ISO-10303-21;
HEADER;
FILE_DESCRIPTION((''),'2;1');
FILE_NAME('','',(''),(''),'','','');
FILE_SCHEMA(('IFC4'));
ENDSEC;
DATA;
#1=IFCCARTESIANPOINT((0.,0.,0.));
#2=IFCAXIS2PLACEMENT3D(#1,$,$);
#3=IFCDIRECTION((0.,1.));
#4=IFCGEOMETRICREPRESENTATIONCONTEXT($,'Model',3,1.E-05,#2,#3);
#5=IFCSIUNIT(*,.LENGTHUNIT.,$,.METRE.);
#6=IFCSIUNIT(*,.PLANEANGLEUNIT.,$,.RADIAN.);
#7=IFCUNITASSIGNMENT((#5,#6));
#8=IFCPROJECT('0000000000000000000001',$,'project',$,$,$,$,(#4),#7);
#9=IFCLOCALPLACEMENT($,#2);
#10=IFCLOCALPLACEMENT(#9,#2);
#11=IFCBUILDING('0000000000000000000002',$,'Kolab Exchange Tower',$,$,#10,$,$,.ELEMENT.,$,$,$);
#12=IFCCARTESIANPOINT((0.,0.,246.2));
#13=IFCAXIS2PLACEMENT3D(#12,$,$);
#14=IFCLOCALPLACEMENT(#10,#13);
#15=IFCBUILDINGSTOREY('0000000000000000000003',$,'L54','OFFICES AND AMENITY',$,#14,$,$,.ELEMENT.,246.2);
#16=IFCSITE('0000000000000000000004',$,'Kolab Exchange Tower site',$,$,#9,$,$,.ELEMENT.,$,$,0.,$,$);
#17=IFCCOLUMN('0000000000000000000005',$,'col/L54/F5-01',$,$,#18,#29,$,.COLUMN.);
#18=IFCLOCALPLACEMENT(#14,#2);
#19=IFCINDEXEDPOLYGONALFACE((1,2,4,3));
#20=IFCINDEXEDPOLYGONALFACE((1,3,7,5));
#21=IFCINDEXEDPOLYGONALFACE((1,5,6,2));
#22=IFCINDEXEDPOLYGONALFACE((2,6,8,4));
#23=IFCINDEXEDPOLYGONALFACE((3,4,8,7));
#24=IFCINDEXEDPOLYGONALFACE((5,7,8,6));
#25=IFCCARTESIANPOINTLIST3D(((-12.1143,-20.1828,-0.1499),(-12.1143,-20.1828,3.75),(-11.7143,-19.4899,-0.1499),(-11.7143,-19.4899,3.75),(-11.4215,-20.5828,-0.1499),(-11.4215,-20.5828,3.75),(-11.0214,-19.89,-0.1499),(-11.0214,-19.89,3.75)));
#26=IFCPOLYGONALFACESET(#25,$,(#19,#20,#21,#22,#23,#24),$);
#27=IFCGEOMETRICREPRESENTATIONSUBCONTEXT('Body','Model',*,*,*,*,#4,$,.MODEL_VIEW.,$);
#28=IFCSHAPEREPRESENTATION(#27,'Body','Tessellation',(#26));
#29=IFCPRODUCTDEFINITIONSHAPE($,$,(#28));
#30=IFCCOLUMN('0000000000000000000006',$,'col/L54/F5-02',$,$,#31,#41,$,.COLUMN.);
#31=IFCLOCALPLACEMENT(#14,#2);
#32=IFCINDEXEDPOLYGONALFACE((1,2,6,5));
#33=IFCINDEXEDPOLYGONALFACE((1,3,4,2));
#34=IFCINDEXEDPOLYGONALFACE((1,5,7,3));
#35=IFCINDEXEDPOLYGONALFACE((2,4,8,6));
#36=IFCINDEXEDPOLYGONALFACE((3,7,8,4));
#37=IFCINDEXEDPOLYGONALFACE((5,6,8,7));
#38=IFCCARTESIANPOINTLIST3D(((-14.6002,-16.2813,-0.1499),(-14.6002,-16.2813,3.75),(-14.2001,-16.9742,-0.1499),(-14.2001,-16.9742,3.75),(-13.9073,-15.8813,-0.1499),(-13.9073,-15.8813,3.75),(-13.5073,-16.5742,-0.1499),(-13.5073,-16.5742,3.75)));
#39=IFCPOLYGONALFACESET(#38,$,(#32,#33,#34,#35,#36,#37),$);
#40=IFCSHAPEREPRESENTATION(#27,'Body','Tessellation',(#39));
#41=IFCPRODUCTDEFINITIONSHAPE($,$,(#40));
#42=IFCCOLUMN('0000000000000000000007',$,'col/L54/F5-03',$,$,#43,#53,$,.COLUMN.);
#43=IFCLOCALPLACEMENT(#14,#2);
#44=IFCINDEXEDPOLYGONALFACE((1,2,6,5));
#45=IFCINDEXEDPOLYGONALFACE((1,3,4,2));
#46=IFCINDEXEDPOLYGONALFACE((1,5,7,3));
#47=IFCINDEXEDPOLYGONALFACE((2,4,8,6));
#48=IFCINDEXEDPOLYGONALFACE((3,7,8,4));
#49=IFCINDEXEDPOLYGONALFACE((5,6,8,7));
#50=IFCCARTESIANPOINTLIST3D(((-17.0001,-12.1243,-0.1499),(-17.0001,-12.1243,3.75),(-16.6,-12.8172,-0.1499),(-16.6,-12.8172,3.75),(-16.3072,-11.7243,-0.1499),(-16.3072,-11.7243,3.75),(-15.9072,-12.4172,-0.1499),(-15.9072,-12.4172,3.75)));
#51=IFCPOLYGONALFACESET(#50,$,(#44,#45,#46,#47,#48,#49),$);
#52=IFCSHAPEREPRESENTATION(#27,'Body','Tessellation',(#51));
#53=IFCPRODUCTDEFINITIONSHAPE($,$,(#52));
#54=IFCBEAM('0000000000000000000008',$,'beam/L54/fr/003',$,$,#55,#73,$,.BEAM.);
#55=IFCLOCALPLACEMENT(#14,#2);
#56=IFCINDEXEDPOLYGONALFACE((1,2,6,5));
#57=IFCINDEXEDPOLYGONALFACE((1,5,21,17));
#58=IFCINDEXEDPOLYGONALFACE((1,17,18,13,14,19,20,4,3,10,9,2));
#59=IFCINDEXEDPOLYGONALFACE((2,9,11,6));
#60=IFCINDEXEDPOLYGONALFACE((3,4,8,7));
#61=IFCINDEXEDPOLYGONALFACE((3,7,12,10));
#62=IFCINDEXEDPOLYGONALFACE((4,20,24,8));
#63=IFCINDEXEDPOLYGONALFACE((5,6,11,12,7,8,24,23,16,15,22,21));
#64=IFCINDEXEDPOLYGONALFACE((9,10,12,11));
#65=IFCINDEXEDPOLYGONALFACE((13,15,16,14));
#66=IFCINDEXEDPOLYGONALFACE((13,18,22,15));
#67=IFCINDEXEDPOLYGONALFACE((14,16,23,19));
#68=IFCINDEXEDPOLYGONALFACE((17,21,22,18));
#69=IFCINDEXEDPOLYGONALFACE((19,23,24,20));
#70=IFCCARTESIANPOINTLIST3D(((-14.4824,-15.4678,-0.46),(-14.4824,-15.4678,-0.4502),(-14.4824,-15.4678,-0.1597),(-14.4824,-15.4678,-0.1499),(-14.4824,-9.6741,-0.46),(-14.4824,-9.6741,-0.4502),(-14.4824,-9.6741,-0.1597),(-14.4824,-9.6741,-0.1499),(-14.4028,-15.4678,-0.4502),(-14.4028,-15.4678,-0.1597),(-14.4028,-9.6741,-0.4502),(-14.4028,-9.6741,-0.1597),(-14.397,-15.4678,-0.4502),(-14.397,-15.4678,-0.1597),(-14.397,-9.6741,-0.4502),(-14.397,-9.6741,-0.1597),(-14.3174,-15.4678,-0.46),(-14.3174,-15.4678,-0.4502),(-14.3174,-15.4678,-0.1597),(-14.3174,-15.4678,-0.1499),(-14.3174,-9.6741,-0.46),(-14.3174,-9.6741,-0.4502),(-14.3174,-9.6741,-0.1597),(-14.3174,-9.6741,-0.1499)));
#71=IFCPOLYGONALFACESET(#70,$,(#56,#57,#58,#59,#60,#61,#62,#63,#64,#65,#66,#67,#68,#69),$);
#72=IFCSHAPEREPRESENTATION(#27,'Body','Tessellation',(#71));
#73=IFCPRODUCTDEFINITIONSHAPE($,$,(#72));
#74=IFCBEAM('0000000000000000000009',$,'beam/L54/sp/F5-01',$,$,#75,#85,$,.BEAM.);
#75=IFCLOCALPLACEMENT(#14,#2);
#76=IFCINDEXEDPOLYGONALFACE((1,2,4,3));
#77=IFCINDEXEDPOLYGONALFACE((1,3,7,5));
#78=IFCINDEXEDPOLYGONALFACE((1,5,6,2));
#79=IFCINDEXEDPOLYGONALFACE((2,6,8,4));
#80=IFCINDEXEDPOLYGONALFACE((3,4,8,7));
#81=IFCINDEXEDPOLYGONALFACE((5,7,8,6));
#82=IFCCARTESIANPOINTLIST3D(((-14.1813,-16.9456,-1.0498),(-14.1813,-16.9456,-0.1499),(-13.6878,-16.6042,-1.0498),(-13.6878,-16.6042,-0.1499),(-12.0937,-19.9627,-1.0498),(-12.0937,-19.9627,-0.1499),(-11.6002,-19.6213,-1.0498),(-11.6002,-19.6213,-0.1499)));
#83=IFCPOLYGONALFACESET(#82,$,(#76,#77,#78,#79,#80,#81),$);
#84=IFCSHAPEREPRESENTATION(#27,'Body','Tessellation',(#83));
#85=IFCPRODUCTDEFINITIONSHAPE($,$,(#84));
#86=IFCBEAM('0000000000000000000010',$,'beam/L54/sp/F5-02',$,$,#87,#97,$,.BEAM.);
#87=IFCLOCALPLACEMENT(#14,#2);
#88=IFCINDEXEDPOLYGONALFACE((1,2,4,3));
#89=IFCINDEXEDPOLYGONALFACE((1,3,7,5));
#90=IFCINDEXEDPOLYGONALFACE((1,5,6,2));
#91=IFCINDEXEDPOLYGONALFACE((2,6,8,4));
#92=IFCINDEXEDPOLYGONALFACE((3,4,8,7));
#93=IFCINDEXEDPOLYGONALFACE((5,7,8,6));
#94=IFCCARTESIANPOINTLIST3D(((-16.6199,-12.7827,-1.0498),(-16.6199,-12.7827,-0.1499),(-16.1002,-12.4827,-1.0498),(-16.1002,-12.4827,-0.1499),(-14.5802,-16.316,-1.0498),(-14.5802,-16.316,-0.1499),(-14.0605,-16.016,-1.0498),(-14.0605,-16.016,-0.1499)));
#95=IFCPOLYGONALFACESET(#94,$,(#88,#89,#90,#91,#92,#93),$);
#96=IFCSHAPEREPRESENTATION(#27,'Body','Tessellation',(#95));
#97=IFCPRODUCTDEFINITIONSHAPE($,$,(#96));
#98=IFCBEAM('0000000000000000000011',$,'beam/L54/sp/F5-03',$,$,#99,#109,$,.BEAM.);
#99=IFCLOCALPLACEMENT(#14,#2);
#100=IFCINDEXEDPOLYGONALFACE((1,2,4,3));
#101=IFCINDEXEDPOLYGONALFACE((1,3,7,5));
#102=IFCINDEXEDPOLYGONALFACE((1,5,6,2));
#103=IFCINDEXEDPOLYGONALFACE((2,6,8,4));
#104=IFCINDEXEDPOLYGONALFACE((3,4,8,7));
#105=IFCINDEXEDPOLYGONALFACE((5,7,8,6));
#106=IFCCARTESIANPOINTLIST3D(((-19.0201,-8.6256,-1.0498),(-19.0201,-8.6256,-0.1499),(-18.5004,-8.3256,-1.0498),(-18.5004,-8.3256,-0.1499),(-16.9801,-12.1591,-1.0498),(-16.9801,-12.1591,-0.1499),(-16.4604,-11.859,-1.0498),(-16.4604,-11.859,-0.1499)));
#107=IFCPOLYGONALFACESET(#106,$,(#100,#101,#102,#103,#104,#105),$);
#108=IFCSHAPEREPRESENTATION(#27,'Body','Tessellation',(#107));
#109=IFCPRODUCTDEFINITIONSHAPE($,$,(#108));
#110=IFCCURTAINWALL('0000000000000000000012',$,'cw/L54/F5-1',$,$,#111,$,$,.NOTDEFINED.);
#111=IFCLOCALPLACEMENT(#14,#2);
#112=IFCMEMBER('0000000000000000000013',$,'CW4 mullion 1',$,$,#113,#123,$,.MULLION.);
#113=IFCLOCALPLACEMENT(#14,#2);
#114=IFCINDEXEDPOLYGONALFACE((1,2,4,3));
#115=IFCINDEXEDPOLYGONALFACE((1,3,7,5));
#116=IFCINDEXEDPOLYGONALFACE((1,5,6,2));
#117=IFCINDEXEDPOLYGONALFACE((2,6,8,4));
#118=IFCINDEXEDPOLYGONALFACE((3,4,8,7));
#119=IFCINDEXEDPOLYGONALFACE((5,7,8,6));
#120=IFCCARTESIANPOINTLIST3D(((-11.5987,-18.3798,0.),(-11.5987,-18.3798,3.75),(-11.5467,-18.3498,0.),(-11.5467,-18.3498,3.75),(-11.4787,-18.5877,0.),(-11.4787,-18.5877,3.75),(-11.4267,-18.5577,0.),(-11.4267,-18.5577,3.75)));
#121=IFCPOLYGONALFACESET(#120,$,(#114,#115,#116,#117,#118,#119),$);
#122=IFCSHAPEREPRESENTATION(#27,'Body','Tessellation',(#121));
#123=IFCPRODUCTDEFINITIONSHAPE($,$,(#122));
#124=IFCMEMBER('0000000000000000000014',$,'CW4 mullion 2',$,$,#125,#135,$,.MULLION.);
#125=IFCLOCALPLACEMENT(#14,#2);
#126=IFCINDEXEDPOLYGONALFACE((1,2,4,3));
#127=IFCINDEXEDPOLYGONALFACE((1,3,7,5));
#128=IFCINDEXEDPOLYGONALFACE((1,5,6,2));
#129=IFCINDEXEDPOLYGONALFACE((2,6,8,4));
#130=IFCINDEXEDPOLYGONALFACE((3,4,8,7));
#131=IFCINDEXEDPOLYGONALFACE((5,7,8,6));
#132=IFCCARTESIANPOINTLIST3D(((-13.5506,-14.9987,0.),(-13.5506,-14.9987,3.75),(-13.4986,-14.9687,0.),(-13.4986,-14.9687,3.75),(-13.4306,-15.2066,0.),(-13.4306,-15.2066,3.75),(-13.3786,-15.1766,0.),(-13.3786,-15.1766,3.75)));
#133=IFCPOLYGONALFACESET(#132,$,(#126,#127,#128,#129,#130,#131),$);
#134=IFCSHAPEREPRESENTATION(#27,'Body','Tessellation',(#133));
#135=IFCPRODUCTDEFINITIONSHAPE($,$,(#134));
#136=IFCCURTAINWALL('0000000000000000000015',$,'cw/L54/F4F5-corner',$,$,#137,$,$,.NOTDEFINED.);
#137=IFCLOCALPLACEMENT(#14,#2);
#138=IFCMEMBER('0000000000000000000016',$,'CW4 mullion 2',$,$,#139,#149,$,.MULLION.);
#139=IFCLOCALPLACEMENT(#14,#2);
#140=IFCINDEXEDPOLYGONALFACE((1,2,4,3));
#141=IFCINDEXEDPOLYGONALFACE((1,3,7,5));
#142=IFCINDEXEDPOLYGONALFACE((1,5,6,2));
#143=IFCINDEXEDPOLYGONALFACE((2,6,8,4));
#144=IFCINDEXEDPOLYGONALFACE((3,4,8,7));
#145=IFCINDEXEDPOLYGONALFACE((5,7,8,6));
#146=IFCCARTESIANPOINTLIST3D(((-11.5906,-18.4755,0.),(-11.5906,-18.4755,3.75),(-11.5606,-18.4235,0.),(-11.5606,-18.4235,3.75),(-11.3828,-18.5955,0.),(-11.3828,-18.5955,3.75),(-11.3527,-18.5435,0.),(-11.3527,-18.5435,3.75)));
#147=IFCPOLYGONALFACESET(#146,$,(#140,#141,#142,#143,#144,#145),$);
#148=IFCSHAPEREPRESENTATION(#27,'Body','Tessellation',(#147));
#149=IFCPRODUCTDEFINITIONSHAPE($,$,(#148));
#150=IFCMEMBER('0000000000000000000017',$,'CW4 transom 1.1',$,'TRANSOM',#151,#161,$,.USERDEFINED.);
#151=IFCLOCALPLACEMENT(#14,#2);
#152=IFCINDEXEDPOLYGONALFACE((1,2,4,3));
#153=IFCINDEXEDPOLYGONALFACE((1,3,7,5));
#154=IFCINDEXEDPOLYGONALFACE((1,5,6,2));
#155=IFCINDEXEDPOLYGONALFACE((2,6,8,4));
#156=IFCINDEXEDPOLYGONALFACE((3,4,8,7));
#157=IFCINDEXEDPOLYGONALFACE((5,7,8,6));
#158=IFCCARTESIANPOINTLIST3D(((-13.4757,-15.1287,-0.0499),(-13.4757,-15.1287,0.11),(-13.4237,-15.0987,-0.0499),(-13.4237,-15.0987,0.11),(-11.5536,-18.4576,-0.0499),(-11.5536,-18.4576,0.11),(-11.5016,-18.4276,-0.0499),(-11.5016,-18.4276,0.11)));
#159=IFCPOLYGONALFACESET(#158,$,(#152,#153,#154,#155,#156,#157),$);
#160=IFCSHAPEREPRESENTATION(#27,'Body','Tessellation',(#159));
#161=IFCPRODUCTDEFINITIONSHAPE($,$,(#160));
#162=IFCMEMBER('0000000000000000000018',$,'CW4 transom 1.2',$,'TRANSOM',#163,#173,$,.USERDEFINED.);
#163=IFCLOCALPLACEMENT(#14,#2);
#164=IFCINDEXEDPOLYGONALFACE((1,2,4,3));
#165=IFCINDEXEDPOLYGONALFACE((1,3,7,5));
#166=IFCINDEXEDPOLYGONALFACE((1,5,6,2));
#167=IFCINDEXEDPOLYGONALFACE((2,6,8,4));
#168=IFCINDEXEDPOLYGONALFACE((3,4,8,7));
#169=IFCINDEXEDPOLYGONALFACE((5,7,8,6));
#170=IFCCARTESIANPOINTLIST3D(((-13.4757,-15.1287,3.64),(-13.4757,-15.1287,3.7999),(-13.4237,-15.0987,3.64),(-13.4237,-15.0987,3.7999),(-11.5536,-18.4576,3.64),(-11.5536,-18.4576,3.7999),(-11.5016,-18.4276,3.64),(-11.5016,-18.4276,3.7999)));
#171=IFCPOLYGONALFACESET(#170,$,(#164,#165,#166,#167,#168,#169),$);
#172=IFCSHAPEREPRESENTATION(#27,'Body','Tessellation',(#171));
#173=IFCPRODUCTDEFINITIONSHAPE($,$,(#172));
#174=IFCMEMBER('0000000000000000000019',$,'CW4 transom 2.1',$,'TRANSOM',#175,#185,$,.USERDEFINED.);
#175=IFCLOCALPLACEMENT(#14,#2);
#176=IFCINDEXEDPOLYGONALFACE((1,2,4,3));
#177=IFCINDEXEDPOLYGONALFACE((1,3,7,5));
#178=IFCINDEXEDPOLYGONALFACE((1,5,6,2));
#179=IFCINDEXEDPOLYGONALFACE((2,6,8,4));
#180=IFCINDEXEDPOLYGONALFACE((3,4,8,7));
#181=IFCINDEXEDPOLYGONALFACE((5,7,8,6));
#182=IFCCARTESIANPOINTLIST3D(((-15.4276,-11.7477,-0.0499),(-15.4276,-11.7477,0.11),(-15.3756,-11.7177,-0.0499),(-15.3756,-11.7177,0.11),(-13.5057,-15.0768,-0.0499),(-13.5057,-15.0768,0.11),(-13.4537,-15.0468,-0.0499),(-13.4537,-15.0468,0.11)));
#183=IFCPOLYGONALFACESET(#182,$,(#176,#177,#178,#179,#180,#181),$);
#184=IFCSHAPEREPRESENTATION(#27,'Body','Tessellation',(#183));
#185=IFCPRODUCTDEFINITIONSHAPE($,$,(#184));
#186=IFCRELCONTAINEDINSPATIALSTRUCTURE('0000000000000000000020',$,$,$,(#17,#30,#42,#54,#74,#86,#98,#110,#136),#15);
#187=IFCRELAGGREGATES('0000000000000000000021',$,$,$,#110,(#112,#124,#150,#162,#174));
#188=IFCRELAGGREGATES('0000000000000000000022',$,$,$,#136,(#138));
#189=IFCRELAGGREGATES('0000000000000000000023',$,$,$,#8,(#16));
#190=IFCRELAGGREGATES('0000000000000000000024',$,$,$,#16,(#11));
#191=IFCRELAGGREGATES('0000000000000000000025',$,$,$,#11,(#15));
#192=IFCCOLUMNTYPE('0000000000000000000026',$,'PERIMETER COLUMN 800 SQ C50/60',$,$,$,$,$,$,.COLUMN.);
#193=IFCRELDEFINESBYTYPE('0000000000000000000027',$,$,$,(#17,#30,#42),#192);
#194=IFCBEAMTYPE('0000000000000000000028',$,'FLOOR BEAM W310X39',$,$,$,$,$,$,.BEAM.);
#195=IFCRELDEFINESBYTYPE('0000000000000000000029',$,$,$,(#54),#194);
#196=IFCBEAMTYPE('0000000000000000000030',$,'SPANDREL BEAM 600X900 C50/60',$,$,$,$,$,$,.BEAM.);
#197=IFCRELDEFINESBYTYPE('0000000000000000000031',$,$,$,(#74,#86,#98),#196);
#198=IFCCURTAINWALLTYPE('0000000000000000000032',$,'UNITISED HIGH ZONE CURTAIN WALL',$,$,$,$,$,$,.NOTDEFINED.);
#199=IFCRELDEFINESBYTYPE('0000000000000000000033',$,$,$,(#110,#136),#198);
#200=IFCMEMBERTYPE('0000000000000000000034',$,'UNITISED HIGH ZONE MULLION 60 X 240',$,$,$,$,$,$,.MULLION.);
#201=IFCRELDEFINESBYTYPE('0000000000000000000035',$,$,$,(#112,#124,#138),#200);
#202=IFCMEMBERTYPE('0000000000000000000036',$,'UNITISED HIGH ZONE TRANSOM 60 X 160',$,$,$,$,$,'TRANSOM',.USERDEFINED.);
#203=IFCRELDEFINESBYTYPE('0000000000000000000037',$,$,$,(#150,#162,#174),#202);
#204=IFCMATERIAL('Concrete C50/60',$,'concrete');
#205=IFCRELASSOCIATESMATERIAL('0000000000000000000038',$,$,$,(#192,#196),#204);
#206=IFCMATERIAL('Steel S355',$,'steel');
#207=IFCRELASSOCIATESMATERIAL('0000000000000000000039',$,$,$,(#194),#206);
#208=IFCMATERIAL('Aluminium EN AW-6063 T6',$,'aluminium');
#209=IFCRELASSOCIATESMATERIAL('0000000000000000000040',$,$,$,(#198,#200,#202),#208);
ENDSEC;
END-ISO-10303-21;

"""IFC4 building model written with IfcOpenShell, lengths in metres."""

from ifc_helpers import new_model, si_unit, direction, frame, origin, origin_2d, place, context, subcontext, project, spatial, rectangle, i_section, extrude, material, material_profile, profile_set, type_object, element, aggregate, save


model = new_model("IFC4")

# Units and contexts
model_context = context("Model", 3, precision=1e-05, world=origin(), true_north=direction((0.0, 1.0)))
body_context = subcontext(model_context, "Body", "Model", "MODEL_VIEW")
ifc_project = project(units=[si_unit("LENGTHUNIT", "METRE"), si_unit("PLANEANGLEUNIT", "RADIAN")], contexts=[model_context])

# Site, building, storey
site_placement = place(None, origin())
site = spatial("IfcSite", under=ifc_project, at=site_placement, Name="Kolab Exchange Tower site", CompositionType="ELEMENT", RefElevation=0.0)
building_placement = place(site_placement, origin())
building = spatial("IfcBuilding", under=site, at=building_placement, Name="Kolab Exchange Tower", CompositionType="ELEMENT")
storey_placement = place(building_placement, frame((0.0, 0.0, 246.2)))
storey = spatial("IfcBuildingStorey", under=building, at=storey_placement, Name="L54", Description="OFFICES AND AMENITY", CompositionType="ELEMENT", Elevation=246.2)

# Columns
ifc_material_1 = material(Name="Concrete C50/60", Category="concrete")
ifc_material_profile_1 = material_profile(ifc_material_1, rectangle(XDim=0.8, YDim=0.8, at=origin_2d()), Name="RC800")
ifc_profile_set_1 = profile_set([ifc_material_profile_1], Name="Concrete C50/60")
column_type = type_object("IfcColumnType", Name="PERIMETER COLUMN 800 SQ C50/60", PredefinedType="COLUMN", material=ifc_profile_set_1)
for number, where, z_axis, x_axis, name in (
    (1, (-11.5679, -20.0364, -0.1499), (0.0, 0.0, 1.0), (0.5, 0.866025, 0.0), "col/L54/F5-01"),
    (2, (-14.0537, -16.4277, -0.1499), (0.0, 0.0, 1.0), (0.866025, 0.5, 0.0), "col/L54/F5-02"),
    (3, (-16.4536, -12.2708, -0.1499), (0.0, 0.0, 1.0), (0.866025, 0.5, 0.0), "col/L54/F5-03"),
):
    element("IfcColumn", number, at=place(storey_placement, frame(where, z_axis=z_axis, x_axis=x_axis)), inside=storey, type_object=column_type, Name=name, PredefinedType="COLUMN", context=body_context, shape_type="SweptSolid", body=[
        extrude(rectangle(XDim=0.8, YDim=0.8, at=origin_2d()), origin(), (0.0, 0.0, 1.0), 3.8999),
    ])

# Beams
ifc_material_2 = material(Name="Steel S355", Category="steel")
ifc_material_profile_2 = material_profile(ifc_material_2, i_section(OverallWidth=0.165, OverallDepth=0.3101, WebThickness=0.0059, FlangeThickness=0.0098, at=origin_2d()), Name="W310X39")
ifc_profile_set_2 = profile_set([ifc_material_profile_2], Name="Steel S355")
beam_type_1 = type_object("IfcBeamType", Name="FLOOR BEAM W310X39", PredefinedType="BEAM", material=ifc_profile_set_2)
beam_1_placement = place(storey_placement, frame((-14.3999, -15.4678, -0.3049), z_axis=(0.0, 1.0, 0.0), x_axis=(-1.0, 0.0, 0.0)))
element("IfcBeam", 4, at=beam_1_placement, inside=storey, type_object=beam_type_1, Name="beam/L54/fr/003", PredefinedType="BEAM", context=body_context, shape_type="SweptSolid", body=[
    extrude(i_section(OverallWidth=0.165, OverallDepth=0.3101, WebThickness=0.0059, FlangeThickness=0.0098, at=origin_2d()), origin(), (0.0, 0.0, 1.0), 5.7937),
])
ifc_material_profile_3 = material_profile(ifc_material_1, rectangle(XDim=0.6001, YDim=0.8999, at=origin_2d()), Name="RC600X900")
ifc_profile_set_3 = profile_set([ifc_material_profile_3], Name="Concrete C50/60")
beam_type_2 = type_object("IfcBeamType", Name="SPANDREL BEAM 600X900 C50/60", PredefinedType="BEAM", material=ifc_profile_set_3)
beam_2_placement = place(storey_placement, frame((-11.8469, -19.792, -0.5999), z_axis=(-0.569006, 0.822334, 0.0), x_axis=(-0.822334, -0.569006, 0.0)))
element("IfcBeam", 5, at=beam_2_placement, inside=storey, type_object=beam_type_2, Name="beam/L54/sp/F5-01", PredefinedType="BEAM", context=body_context, shape_type="SweptSolid", body=[
    extrude(rectangle(XDim=0.6001, YDim=0.8999, at=origin_2d()), origin(), (0.0, 0.0, 1.0), 3.6689),
])
beam_3_placement = place(storey_placement, frame((-14.3203, -16.166, -0.5999), z_axis=(-0.499956, 0.866051, 0.0), x_axis=(-0.866051, -0.499956, 0.0)))
element("IfcBeam", 6, at=beam_3_placement, inside=storey, type_object=beam_type_2, Name="beam/L54/sp/F5-02", PredefinedType="BEAM", context=body_context, shape_type="SweptSolid", body=[
    extrude(rectangle(XDim=0.6001, YDim=0.8999, at=origin_2d()), origin(), (0.0, 0.0, 1.0), 4.0798),
])
beam_4_placement = place(storey_placement, frame((-16.7202, -12.009, -0.5999), z_axis=(-0.5, 0.866025, 0.0), x_axis=(-0.866025, -0.5, 0.0)))
element("IfcBeam", 7, at=beam_4_placement, inside=storey, type_object=beam_type_2, Name="beam/L54/sp/F5-03", PredefinedType="BEAM", context=body_context, shape_type="SweptSolid", body=[
    extrude(rectangle(XDim=0.6001, YDim=0.8999, at=origin_2d()), origin(), (0.0, 0.0, 1.0), 4.0801),
])

# Curtain wall, members
ifc_material_3 = material(Name="Aluminium EN AW-6063 T6", Category="aluminium")
curtain_wall_type = type_object("IfcCurtainWallType", Name="UNITISED HIGH ZONE CURTAIN WALL", PredefinedType="NOTDEFINED", material=ifc_material_3)
curtain_wall_1_placement = place(storey_placement, origin())
curtain_wall_1 = element("IfcCurtainWall", 8, at=curtain_wall_1_placement, inside=storey, type_object=curtain_wall_type, Name="cw/L54/F5-1", PredefinedType="NOTDEFINED")
ifc_material_profile_4 = material_profile(ifc_material_3, rectangle(XDim=0.0601, YDim=0.24, at=origin_2d()), Name="RECT 60X240")
ifc_profile_set_4 = profile_set([ifc_material_profile_4], Name="Aluminium EN AW-6063 T6")
member_type_1 = type_object("IfcMemberType", Name="UNITISED HIGH ZONE MULLION 60 X 240", PredefinedType="MULLION", material=ifc_profile_set_4)
member_1_placement = place(storey_placement, frame((-11.5127, -18.4688, 0.0), z_axis=(0.0, 0.0, 1.0), x_axis=(-0.866025, -0.5, 0.0)))
member_1 = element("IfcMember", 9, at=member_1_placement, type_object=member_type_1, Name="CW4 mullion 1", PredefinedType="MULLION", context=body_context, shape_type="SweptSolid", body=[
    extrude(rectangle(XDim=0.0601, YDim=0.24, at=origin_2d()), origin(), (0.0, 0.0, 1.0), 3.75),
])
member_2_placement = place(storey_placement, frame((-13.4646, -15.0876, 0.0), z_axis=(0.0, 0.0, 1.0), x_axis=(-0.866025, -0.5, 0.0)))
member_2 = element("IfcMember", 10, at=member_2_placement, type_object=member_type_1, Name="CW4 mullion 2", PredefinedType="MULLION", context=body_context, shape_type="SweptSolid", body=[
    extrude(rectangle(XDim=0.0601, YDim=0.24, at=origin_2d()), origin(), (0.0, 0.0, 1.0), 3.75),
])

# Curtain wall, member
curtain_wall_2_placement = place(storey_placement, origin())
curtain_wall_2 = element("IfcCurtainWall", 11, at=curtain_wall_2_placement, inside=storey, type_object=curtain_wall_type, Name="cw/L54/F4F5-corner", PredefinedType="NOTDEFINED")
member_3_placement = place(storey_placement, frame((-11.4717, -18.5095, 0.0), z_axis=(0.0, 0.0, 1.0), x_axis=(-0.5, -0.866025, 0.0)))
member_3 = element("IfcMember", 12, at=member_3_placement, type_object=member_type_1, Name="CW4 mullion 2", PredefinedType="MULLION", context=body_context, shape_type="SweptSolid", body=[
    extrude(rectangle(XDim=0.0601, YDim=0.24, at=origin_2d()), origin(), (0.0, 0.0, 1.0), 3.75),
])

# Members
ifc_material_profile_5 = material_profile(ifc_material_3, rectangle(XDim=0.0601, YDim=0.1599, at=origin_2d()), Name="RECT 60X160")
ifc_profile_set_5 = profile_set([ifc_material_profile_5], Name="Aluminium EN AW-6063 T6")
member_type_2 = type_object("IfcMemberType", Name="UNITISED HIGH ZONE TRANSOM 60 X 160", ElementType="TRANSOM", PredefinedType="USERDEFINED", material=ifc_profile_set_5)
member_4_placement = place(storey_placement, frame((-11.5276, -18.4426, 0.03), z_axis=(-0.500039, 0.866003, 0.0), x_axis=(-0.866003, -0.500039, 0.0)))
member_4 = element("IfcMember", 13, at=member_4_placement, type_object=member_type_2, Name="CW4 transom 1.1", ObjectType="TRANSOM", PredefinedType="USERDEFINED", context=body_context, shape_type="SweptSolid", body=[
    extrude(rectangle(XDim=0.0601, YDim=0.1599, at=origin_2d()), origin(), (0.0, 0.0, 1.0), 3.844),
])
member_5_placement = place(storey_placement, frame((-11.5276, -18.4426, 3.72), z_axis=(-0.500039, 0.866003, 0.0), x_axis=(-0.866003, -0.500039, 0.0)))
member_5 = element("IfcMember", 14, at=member_5_placement, type_object=member_type_2, Name="CW4 transom 1.2", ObjectType="TRANSOM", PredefinedType="USERDEFINED", context=body_context, shape_type="SweptSolid", body=[
    extrude(rectangle(XDim=0.0601, YDim=0.1599, at=origin_2d()), origin(), (0.0, 0.0, 1.0), 3.844),
])
member_6_placement = place(storey_placement, frame((-13.4797, -15.0618, 0.03), z_axis=(-0.499964, 0.866046, 0.0), x_axis=(-0.866046, -0.499964, 0.0)))
member_6 = element("IfcMember", 15, at=member_6_placement, type_object=member_type_2, Name="CW4 transom 2.1", ObjectType="TRANSOM", PredefinedType="USERDEFINED", context=body_context, shape_type="SweptSolid", body=[
    extrude(rectangle(XDim=0.0601, YDim=0.1599, at=origin_2d()), origin(), (0.0, 0.0, 1.0), 3.844),
])

aggregate(curtain_wall_1, [member_1, member_2, member_4, member_5, member_6])
aggregate(curtain_wall_2, [member_3])

save(model, "model.ifc")
